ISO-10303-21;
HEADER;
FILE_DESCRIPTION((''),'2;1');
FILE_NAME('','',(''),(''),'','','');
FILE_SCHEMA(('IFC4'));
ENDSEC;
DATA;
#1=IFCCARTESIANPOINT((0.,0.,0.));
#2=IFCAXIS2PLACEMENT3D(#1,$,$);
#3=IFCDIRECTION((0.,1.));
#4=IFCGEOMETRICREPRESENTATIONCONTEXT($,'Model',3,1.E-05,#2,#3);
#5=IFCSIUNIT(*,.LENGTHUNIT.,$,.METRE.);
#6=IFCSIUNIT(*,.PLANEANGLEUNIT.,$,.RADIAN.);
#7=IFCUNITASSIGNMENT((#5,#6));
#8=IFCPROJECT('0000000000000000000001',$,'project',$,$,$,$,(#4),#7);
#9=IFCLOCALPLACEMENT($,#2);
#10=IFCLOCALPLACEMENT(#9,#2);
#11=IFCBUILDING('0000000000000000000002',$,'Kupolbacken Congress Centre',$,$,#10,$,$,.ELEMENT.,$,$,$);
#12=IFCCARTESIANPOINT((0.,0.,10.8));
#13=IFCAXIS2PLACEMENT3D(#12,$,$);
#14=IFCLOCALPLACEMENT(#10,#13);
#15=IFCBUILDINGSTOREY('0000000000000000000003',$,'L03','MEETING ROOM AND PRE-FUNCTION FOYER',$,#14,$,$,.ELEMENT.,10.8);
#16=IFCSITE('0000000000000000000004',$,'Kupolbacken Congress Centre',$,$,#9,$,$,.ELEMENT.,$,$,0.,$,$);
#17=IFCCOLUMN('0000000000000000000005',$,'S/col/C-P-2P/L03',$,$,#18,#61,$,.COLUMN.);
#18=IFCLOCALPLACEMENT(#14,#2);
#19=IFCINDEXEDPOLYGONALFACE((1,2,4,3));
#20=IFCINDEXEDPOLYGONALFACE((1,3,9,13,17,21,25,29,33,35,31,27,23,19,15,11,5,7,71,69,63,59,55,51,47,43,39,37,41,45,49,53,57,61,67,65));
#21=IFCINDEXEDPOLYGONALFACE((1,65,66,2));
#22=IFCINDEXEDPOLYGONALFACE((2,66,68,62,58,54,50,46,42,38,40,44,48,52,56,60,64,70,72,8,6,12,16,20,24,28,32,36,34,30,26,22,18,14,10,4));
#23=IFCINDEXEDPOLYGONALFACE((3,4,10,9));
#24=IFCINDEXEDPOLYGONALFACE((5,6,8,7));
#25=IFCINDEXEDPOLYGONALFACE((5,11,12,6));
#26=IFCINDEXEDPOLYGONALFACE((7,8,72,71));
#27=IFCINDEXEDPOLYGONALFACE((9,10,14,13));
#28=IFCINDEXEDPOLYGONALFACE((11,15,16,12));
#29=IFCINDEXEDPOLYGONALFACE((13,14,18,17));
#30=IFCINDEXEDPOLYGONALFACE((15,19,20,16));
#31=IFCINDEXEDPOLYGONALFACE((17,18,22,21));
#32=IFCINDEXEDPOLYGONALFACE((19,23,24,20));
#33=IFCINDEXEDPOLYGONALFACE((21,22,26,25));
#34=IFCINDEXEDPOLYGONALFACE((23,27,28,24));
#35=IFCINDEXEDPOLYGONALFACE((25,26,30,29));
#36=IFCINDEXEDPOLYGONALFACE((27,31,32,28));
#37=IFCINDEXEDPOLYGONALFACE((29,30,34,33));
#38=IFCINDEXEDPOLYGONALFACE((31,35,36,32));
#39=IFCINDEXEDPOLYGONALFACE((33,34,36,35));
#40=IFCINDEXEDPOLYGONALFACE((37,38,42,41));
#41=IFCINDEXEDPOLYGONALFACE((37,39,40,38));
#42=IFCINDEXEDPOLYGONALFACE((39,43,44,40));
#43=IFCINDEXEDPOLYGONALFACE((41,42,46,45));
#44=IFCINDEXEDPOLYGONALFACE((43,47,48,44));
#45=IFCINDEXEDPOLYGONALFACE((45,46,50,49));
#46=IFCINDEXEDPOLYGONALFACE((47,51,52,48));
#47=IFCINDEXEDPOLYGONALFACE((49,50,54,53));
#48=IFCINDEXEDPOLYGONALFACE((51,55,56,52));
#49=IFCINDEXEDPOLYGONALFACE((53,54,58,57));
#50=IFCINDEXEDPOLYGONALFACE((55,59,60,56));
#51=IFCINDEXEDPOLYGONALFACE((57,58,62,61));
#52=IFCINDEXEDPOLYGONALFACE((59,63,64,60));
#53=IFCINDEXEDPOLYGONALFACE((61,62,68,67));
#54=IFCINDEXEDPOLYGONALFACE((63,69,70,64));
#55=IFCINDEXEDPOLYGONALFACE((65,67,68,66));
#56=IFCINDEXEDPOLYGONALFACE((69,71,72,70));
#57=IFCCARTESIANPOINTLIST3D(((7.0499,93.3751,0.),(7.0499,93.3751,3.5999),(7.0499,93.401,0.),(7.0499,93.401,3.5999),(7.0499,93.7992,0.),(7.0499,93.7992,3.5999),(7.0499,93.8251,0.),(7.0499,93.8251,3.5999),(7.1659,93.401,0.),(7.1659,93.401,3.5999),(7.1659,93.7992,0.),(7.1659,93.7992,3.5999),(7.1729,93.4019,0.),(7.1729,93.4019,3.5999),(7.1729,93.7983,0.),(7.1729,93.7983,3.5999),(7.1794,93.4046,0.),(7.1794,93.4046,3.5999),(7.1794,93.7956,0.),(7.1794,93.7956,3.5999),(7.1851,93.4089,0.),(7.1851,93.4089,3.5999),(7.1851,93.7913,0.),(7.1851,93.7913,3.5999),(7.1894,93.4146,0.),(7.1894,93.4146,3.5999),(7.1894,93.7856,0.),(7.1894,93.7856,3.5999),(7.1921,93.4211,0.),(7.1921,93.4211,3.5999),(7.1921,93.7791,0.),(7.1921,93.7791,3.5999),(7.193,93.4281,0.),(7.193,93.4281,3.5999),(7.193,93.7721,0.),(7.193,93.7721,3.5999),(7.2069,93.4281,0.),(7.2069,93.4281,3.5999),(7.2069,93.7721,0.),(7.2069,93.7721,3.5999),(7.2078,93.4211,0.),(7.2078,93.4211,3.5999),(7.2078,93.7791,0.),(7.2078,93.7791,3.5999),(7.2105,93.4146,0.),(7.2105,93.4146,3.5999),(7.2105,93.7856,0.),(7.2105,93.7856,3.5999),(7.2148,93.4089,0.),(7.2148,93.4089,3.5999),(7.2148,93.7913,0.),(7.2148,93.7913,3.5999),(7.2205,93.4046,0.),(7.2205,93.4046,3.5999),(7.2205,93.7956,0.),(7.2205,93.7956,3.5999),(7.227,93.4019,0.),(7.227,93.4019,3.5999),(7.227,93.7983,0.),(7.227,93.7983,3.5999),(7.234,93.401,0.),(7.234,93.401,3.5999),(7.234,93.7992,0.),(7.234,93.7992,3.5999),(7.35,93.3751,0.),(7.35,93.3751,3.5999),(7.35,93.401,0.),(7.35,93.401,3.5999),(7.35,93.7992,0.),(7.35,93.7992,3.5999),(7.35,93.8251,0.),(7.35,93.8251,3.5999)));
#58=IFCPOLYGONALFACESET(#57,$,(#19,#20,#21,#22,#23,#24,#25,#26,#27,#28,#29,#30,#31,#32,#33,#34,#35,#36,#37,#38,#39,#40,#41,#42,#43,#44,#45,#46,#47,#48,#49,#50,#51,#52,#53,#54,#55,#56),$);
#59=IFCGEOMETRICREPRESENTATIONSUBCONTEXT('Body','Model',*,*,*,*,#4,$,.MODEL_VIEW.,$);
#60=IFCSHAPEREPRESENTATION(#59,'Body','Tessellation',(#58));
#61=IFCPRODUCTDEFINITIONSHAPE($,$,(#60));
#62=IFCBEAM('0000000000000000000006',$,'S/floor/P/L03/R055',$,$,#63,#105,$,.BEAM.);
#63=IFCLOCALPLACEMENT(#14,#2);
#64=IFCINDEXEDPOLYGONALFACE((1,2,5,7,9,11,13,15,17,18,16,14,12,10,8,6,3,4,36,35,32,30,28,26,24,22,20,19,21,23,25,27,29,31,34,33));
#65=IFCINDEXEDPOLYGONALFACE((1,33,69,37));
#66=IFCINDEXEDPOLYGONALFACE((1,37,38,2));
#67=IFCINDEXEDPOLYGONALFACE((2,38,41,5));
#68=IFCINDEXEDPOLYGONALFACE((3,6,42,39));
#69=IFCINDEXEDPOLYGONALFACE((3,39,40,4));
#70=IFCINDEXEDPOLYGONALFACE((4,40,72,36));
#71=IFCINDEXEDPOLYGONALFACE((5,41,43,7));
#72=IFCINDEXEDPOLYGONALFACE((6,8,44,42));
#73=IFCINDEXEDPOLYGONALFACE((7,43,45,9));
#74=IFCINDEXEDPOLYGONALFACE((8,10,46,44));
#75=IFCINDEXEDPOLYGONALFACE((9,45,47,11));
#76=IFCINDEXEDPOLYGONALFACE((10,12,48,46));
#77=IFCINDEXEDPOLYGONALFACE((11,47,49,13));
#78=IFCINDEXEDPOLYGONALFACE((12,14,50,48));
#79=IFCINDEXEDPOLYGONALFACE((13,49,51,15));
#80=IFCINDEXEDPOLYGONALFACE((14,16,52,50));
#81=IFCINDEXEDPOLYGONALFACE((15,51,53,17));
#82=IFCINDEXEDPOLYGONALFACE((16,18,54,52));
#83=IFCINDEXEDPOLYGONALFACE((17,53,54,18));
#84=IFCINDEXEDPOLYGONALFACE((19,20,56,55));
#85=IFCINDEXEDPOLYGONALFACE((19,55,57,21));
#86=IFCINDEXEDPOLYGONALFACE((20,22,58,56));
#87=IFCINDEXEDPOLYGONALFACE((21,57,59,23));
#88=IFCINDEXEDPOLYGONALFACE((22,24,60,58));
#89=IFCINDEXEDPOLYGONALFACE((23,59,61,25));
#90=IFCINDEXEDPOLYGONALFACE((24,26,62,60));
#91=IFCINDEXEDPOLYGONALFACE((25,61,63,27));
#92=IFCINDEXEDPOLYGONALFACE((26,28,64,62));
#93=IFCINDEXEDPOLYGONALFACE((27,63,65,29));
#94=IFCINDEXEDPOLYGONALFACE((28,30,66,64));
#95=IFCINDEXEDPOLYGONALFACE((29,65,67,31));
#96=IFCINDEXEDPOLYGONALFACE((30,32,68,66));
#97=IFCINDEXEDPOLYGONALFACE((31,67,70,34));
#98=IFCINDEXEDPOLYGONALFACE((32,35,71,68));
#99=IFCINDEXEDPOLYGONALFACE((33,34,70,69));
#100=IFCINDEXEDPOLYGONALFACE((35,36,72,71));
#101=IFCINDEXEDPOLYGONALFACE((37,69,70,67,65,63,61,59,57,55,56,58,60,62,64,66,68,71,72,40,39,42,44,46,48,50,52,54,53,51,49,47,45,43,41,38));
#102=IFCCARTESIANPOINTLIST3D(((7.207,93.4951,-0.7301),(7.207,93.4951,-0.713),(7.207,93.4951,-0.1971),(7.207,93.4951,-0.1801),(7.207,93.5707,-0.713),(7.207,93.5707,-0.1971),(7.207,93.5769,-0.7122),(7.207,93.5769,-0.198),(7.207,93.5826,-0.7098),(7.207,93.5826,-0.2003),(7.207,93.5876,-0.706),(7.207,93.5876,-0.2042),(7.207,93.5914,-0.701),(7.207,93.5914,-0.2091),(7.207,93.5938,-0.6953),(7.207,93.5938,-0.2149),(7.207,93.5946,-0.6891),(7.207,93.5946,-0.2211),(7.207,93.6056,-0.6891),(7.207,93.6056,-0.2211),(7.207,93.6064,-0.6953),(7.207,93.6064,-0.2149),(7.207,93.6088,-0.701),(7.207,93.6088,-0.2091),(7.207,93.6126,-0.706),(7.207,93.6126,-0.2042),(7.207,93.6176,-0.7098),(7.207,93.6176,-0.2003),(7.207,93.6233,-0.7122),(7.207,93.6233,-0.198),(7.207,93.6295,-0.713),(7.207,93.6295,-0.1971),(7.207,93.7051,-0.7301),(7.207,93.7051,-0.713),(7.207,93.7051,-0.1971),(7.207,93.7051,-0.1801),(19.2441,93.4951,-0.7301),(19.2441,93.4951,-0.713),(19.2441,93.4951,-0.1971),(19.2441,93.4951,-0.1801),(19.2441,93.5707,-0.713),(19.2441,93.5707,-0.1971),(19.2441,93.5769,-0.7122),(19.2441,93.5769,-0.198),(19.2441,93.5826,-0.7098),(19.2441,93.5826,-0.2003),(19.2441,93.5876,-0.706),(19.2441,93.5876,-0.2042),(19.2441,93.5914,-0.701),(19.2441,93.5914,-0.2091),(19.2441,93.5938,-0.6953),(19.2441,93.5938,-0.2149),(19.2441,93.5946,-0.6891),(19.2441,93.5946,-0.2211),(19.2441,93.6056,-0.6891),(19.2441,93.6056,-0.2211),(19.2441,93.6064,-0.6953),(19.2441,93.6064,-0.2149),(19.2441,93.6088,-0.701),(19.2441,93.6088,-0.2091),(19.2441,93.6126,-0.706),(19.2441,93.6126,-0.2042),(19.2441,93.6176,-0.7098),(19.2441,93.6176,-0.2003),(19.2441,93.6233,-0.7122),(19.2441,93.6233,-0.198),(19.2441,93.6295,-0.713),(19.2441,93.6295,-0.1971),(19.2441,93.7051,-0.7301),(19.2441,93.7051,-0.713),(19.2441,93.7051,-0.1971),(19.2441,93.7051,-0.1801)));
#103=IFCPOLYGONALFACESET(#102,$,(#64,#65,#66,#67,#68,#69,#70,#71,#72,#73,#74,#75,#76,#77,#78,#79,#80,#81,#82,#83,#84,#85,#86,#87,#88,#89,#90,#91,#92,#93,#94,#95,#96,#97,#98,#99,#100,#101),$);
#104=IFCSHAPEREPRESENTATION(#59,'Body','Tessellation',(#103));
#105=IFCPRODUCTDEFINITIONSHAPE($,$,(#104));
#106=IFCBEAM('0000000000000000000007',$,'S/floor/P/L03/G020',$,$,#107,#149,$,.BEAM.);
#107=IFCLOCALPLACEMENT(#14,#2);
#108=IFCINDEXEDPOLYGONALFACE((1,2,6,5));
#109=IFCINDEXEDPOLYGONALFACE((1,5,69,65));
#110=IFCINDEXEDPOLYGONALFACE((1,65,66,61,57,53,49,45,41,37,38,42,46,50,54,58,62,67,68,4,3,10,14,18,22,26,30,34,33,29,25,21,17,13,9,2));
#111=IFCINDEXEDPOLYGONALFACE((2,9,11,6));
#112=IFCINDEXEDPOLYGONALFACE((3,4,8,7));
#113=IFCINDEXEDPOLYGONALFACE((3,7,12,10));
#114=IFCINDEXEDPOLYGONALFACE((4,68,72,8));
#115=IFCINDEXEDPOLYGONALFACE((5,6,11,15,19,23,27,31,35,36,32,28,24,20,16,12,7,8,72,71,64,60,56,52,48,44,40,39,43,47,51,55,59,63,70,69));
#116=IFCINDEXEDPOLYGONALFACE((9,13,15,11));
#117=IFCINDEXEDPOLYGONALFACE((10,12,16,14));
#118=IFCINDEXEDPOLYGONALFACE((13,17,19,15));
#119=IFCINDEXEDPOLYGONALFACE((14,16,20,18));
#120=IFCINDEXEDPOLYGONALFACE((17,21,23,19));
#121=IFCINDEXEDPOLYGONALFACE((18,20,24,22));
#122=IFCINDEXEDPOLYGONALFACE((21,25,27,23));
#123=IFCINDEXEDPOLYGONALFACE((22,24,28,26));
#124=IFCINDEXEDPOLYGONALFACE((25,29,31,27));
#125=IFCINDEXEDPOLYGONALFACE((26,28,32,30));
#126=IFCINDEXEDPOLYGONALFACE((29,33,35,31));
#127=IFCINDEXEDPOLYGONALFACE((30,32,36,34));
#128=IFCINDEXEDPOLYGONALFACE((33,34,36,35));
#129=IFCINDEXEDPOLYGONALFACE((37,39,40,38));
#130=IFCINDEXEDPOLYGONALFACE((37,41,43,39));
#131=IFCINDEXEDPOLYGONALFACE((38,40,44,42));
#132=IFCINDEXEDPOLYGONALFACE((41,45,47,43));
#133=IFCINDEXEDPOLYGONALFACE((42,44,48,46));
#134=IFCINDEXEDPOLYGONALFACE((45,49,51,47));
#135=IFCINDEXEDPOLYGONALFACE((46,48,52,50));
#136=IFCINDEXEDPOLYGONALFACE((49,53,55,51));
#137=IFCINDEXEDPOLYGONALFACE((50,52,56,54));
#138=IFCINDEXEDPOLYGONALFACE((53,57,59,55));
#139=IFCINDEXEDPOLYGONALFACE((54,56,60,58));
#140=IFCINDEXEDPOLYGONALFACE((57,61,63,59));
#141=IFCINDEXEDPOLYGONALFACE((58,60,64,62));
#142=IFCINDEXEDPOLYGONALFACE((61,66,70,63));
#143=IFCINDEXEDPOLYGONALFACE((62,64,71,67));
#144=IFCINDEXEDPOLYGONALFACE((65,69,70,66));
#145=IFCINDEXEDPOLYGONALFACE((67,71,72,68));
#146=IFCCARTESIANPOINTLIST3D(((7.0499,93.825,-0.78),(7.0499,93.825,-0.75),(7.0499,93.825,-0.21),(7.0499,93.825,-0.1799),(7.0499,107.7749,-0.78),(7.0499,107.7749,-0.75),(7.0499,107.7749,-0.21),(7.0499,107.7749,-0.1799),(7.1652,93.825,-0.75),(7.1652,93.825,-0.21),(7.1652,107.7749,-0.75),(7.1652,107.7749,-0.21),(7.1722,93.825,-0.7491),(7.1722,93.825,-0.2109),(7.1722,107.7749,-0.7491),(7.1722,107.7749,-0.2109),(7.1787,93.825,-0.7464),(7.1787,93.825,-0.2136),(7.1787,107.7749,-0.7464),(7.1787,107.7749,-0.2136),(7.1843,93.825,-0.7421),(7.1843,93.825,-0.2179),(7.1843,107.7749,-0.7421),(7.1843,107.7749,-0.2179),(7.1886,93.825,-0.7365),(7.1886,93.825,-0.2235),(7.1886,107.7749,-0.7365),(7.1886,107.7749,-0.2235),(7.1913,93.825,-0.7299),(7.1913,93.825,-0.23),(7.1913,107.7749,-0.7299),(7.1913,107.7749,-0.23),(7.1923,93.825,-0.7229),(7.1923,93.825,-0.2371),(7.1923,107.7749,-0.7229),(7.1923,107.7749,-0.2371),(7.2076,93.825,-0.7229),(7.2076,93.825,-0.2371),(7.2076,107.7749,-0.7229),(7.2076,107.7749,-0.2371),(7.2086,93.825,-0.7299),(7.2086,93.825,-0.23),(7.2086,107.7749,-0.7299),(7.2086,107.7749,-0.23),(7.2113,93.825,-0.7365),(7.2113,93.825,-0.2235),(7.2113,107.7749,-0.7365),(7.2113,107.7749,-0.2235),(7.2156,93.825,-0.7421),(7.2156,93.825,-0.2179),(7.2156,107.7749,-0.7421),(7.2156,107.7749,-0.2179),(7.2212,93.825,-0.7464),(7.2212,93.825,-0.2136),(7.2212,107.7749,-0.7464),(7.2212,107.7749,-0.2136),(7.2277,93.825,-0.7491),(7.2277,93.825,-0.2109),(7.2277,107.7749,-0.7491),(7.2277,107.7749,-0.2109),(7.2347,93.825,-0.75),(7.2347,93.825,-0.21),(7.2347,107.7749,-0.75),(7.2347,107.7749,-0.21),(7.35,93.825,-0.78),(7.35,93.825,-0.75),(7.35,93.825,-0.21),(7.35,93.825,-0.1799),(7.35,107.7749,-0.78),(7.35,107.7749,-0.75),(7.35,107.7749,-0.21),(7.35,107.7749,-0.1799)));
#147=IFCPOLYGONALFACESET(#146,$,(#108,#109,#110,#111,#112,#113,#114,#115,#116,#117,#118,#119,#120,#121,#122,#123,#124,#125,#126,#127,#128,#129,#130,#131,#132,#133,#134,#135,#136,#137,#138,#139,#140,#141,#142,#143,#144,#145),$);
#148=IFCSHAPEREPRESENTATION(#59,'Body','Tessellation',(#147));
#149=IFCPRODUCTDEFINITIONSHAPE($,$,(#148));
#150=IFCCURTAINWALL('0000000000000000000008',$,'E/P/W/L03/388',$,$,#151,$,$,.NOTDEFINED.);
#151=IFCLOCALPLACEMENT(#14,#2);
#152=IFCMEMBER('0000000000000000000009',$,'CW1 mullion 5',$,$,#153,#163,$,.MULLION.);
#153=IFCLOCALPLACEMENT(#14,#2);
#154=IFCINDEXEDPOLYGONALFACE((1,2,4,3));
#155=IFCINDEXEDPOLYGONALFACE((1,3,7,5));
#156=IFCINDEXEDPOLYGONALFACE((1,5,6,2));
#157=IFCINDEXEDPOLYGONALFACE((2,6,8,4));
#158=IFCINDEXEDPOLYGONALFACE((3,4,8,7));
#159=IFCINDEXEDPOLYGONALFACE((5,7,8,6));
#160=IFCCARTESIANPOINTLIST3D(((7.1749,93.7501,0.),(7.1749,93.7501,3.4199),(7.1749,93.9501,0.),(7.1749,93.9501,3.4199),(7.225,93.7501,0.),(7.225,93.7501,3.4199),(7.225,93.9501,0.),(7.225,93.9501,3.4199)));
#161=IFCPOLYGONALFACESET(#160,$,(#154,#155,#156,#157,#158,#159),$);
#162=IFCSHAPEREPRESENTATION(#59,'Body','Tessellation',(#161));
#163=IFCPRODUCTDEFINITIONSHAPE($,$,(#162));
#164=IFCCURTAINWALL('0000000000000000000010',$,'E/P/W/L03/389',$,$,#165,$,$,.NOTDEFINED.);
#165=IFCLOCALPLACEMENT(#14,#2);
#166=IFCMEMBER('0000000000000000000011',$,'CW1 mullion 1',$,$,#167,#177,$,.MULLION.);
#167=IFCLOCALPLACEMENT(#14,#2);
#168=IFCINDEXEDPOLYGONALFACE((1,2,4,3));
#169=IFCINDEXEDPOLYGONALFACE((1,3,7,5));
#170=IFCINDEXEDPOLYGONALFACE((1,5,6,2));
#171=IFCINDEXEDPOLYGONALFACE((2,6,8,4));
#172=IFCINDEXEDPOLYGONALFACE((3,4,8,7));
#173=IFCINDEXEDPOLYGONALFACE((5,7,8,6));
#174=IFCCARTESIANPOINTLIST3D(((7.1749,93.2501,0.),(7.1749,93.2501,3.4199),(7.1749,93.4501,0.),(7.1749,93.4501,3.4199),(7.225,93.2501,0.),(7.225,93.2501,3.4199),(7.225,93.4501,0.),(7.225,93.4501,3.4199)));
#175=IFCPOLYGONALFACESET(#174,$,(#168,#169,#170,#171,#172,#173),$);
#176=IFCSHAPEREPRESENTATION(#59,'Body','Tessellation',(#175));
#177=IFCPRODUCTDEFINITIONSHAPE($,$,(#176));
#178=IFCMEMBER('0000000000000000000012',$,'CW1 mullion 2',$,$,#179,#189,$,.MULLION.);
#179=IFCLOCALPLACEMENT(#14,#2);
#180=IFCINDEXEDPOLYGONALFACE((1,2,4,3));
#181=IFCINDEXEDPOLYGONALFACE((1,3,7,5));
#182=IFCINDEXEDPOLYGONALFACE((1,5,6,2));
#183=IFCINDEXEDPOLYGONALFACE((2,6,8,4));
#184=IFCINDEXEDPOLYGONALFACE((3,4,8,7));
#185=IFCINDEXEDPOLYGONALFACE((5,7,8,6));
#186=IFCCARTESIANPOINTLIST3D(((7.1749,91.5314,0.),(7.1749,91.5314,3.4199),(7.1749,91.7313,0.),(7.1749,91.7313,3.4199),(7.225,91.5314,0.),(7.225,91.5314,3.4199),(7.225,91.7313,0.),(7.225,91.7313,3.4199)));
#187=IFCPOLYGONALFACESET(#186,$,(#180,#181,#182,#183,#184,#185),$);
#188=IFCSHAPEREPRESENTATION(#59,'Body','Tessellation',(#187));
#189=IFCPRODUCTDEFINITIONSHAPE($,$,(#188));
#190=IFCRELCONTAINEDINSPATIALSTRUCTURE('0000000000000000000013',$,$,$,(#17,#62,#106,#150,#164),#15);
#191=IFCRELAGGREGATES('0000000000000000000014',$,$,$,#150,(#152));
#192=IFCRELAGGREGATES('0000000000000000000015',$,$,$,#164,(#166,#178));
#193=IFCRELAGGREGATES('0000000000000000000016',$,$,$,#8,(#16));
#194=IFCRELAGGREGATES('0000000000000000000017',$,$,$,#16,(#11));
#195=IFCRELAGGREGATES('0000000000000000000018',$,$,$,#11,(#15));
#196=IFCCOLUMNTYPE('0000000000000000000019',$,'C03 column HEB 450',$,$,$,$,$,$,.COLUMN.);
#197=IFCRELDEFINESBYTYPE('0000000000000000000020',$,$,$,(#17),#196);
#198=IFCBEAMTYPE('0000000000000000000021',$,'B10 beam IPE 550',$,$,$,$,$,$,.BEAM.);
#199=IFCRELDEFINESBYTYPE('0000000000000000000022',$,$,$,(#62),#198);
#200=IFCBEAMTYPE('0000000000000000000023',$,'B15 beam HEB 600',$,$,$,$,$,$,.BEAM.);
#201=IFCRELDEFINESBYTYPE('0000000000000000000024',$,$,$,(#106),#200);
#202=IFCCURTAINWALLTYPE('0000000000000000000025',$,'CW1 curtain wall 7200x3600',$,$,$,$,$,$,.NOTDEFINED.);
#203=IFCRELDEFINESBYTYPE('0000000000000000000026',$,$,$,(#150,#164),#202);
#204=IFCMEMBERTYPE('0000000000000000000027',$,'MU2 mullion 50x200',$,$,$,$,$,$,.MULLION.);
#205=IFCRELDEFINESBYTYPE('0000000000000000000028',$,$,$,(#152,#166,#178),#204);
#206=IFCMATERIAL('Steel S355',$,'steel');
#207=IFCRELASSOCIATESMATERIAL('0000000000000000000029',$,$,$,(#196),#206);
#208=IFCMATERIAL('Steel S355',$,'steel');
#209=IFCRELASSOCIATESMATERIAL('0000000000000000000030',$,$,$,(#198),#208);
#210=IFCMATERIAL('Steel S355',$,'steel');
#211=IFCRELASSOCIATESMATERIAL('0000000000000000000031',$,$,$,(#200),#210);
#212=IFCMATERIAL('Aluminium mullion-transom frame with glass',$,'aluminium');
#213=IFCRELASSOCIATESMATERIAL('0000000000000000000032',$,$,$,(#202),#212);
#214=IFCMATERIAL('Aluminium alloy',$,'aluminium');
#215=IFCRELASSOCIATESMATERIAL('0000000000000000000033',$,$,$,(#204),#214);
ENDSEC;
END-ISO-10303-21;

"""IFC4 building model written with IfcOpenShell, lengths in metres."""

from ifc_helpers import new_model, si_unit, direction, frame, origin, origin_2d, place, context, subcontext, project, spatial, rectangle, i_section, extrude, material, material_profile, profile_set, type_object, element, aggregate, save


model = new_model("IFC4")

# Units and contexts
model_context = context("Model", 3, precision=1e-05, world=origin(), true_north=direction((0.0, 1.0)))
body_context = subcontext(model_context, "Body", "Model", "MODEL_VIEW")
ifc_project = project(units=[si_unit("LENGTHUNIT", "METRE"), si_unit("PLANEANGLEUNIT", "RADIAN")], contexts=[model_context])

# Site, building, storey
site_placement = place(None, origin())
site = spatial("IfcSite", under=ifc_project, at=site_placement, Name="Kupolbacken Congress Centre", CompositionType="ELEMENT", RefElevation=0.0)
building_placement = place(site_placement, origin())
building = spatial("IfcBuilding", under=site, at=building_placement, Name="Kupolbacken Congress Centre", CompositionType="ELEMENT")
storey_placement = place(building_placement, frame((0.0, 0.0, 10.8)))
storey = spatial("IfcBuildingStorey", under=building, at=storey_placement, Name="L03", Description="MEETING ROOM AND PRE-FUNCTION FOYER", CompositionType="ELEMENT", Elevation=10.8)

# Column
ifc_material_1 = material(Name="Steel S355", Category="steel")
ifc_material_profile_1 = material_profile(ifc_material_1, i_section(OverallWidth=0.3, OverallDepth=0.45, WebThickness=0.0139, FlangeThickness=0.0259, FilletRadius=0.0271, at=origin_2d()), Name="HEB 450")
ifc_profile_set_1 = profile_set([ifc_material_profile_1], Name="Steel S355")
column_type = type_object("IfcColumnType", Name="C03 column HEB 450", PredefinedType="COLUMN", material=ifc_profile_set_1)
column_placement = place(storey_placement, frame((7.2, 93.6001, 0.0), z_axis=(0.0, 0.0, 1.0), x_axis=(1.0, 0.0, 0.0)))
element("IfcColumn", 1, at=column_placement, inside=storey, type_object=column_type, Name="S/col/C-P-2P/L03", PredefinedType="COLUMN", context=body_context, shape_type="SweptSolid", body=[
    extrude(i_section(OverallWidth=0.3, OverallDepth=0.45, WebThickness=0.0139, FlangeThickness=0.0259, FilletRadius=0.0271, at=origin_2d()), origin(), (0.0, 0.0, 1.0), 3.5999),
])

# Beams
ifc_material_2 = material(Name="Steel S355", Category="steel")
ifc_material_profile_2 = material_profile(ifc_material_2, i_section(OverallWidth=0.21, OverallDepth=0.55, WebThickness=0.011, FlangeThickness=0.0171, FilletRadius=0.0239, at=origin_2d()), Name="IPE 550")
ifc_profile_set_2 = profile_set([ifc_material_profile_2], Name="Steel S355")
beam_type_1 = type_object("IfcBeamType", Name="B10 beam IPE 550", PredefinedType="BEAM", material=ifc_profile_set_2)
beam_1_placement = place(storey_placement, frame((7.207, 93.6001, -0.4551), z_axis=(1.0, 0.0, 0.0), x_axis=(0.0, 1.0, 0.0)))
element("IfcBeam", 2, at=beam_1_placement, inside=storey, type_object=beam_type_1, Name="S/floor/P/L03/R055", PredefinedType="BEAM", context=body_context, shape_type="SweptSolid", body=[
    extrude(i_section(OverallWidth=0.21, OverallDepth=0.55, WebThickness=0.011, FlangeThickness=0.0171, FilletRadius=0.0239, at=origin_2d()), origin(), (0.0, 0.0, 1.0), 12.0371),
])
ifc_material_3 = material(Name="Steel S355", Category="steel")
ifc_material_profile_3 = material_profile(ifc_material_3, i_section(OverallWidth=0.3, OverallDepth=0.6001, WebThickness=0.0154, FlangeThickness=0.03, FilletRadius=0.0271, at=origin_2d()), Name="HEB 600")
ifc_profile_set_3 = profile_set([ifc_material_profile_3], Name="Steel S355")
beam_type_2 = type_object("IfcBeamType", Name="B15 beam HEB 600", PredefinedType="BEAM", material=ifc_profile_set_3)
beam_2_placement = place(storey_placement, frame((7.2, 93.825, -0.48), z_axis=(0.0, 1.0, 0.0), x_axis=(-1.0, 0.0, 0.0)))
element("IfcBeam", 3, at=beam_2_placement, inside=storey, type_object=beam_type_2, Name="S/floor/P/L03/G020", PredefinedType="BEAM", context=body_context, shape_type="SweptSolid", body=[
    extrude(i_section(OverallWidth=0.3, OverallDepth=0.6001, WebThickness=0.0154, FlangeThickness=0.03, FilletRadius=0.0271, at=origin_2d()), origin(), (0.0, 0.0, 1.0), 13.95),
])

# Curtain wall, member
ifc_material_4 = material(Name="Aluminium mullion-transom frame with glass", Category="aluminium")
curtain_wall_type = type_object("IfcCurtainWallType", Name="CW1 curtain wall 7200x3600", PredefinedType="NOTDEFINED", material=ifc_material_4)
curtain_wall_1_placement = place(storey_placement, origin())
curtain_wall_1 = element("IfcCurtainWall", 4, at=curtain_wall_1_placement, inside=storey, type_object=curtain_wall_type, Name="E/P/W/L03/388", PredefinedType="NOTDEFINED")
ifc_material_5 = material(Name="Aluminium alloy", Category="aluminium")
ifc_material_profile_4 = material_profile(ifc_material_5, rectangle(XDim=0.05, YDim=0.2, at=origin_2d()), Name="50 x 200")
ifc_profile_set_4 = profile_set([ifc_material_profile_4], Name="Aluminium alloy")
member_type_1 = type_object("IfcMemberType", Name="MU2 mullion 50x200", PredefinedType="MULLION", material=ifc_profile_set_4)
member_1_placement = place(storey_placement, frame((7.2, 93.8501, 0.0), z_axis=(0.0, 0.0, 1.0), x_axis=(1.0, 0.0, 0.0)))
member_1 = element("IfcMember", 5, at=member_1_placement, type_object=member_type_1, Name="CW1 mullion 5", PredefinedType="MULLION", context=body_context, shape_type="SweptSolid", body=[
    extrude(rectangle(XDim=0.05, YDim=0.2, at=origin_2d()), origin(), (0.0, 0.0, 1.0), 3.4199),
])

# Curtain wall, members
curtain_wall_2_placement = place(storey_placement, origin())
curtain_wall_2 = element("IfcCurtainWall", 6, at=curtain_wall_2_placement, inside=storey, type_object=curtain_wall_type, Name="E/P/W/L03/389", PredefinedType="NOTDEFINED")
member_2_placement = place(storey_placement, frame((7.2, 93.3501, 0.0), z_axis=(0.0, 0.0, 1.0), x_axis=(1.0, 0.0, 0.0)))
member_2 = element("IfcMember", 7, at=member_2_placement, type_object=member_type_1, Name="CW1 mullion 1", PredefinedType="MULLION", context=body_context, shape_type="SweptSolid", body=[
    extrude(rectangle(XDim=0.05, YDim=0.2, at=origin_2d()), origin(), (0.0, 0.0, 1.0), 3.4199),
])
member_3_placement = place(storey_placement, frame((7.2, 91.6313, 0.0), z_axis=(0.0, 0.0, 1.0), x_axis=(1.0, 0.0, 0.0)))
member_3 = element("IfcMember", 8, at=member_3_placement, type_object=member_type_1, Name="CW1 mullion 2", PredefinedType="MULLION", context=body_context, shape_type="SweptSolid", body=[
    extrude(rectangle(XDim=0.05, YDim=0.2, at=origin_2d()), origin(), (0.0, 0.0, 1.0), 3.4199),
])

aggregate(curtain_wall_1, [member_1])
aggregate(curtain_wall_2, [member_2, member_3])

save(model, "model.ifc")
